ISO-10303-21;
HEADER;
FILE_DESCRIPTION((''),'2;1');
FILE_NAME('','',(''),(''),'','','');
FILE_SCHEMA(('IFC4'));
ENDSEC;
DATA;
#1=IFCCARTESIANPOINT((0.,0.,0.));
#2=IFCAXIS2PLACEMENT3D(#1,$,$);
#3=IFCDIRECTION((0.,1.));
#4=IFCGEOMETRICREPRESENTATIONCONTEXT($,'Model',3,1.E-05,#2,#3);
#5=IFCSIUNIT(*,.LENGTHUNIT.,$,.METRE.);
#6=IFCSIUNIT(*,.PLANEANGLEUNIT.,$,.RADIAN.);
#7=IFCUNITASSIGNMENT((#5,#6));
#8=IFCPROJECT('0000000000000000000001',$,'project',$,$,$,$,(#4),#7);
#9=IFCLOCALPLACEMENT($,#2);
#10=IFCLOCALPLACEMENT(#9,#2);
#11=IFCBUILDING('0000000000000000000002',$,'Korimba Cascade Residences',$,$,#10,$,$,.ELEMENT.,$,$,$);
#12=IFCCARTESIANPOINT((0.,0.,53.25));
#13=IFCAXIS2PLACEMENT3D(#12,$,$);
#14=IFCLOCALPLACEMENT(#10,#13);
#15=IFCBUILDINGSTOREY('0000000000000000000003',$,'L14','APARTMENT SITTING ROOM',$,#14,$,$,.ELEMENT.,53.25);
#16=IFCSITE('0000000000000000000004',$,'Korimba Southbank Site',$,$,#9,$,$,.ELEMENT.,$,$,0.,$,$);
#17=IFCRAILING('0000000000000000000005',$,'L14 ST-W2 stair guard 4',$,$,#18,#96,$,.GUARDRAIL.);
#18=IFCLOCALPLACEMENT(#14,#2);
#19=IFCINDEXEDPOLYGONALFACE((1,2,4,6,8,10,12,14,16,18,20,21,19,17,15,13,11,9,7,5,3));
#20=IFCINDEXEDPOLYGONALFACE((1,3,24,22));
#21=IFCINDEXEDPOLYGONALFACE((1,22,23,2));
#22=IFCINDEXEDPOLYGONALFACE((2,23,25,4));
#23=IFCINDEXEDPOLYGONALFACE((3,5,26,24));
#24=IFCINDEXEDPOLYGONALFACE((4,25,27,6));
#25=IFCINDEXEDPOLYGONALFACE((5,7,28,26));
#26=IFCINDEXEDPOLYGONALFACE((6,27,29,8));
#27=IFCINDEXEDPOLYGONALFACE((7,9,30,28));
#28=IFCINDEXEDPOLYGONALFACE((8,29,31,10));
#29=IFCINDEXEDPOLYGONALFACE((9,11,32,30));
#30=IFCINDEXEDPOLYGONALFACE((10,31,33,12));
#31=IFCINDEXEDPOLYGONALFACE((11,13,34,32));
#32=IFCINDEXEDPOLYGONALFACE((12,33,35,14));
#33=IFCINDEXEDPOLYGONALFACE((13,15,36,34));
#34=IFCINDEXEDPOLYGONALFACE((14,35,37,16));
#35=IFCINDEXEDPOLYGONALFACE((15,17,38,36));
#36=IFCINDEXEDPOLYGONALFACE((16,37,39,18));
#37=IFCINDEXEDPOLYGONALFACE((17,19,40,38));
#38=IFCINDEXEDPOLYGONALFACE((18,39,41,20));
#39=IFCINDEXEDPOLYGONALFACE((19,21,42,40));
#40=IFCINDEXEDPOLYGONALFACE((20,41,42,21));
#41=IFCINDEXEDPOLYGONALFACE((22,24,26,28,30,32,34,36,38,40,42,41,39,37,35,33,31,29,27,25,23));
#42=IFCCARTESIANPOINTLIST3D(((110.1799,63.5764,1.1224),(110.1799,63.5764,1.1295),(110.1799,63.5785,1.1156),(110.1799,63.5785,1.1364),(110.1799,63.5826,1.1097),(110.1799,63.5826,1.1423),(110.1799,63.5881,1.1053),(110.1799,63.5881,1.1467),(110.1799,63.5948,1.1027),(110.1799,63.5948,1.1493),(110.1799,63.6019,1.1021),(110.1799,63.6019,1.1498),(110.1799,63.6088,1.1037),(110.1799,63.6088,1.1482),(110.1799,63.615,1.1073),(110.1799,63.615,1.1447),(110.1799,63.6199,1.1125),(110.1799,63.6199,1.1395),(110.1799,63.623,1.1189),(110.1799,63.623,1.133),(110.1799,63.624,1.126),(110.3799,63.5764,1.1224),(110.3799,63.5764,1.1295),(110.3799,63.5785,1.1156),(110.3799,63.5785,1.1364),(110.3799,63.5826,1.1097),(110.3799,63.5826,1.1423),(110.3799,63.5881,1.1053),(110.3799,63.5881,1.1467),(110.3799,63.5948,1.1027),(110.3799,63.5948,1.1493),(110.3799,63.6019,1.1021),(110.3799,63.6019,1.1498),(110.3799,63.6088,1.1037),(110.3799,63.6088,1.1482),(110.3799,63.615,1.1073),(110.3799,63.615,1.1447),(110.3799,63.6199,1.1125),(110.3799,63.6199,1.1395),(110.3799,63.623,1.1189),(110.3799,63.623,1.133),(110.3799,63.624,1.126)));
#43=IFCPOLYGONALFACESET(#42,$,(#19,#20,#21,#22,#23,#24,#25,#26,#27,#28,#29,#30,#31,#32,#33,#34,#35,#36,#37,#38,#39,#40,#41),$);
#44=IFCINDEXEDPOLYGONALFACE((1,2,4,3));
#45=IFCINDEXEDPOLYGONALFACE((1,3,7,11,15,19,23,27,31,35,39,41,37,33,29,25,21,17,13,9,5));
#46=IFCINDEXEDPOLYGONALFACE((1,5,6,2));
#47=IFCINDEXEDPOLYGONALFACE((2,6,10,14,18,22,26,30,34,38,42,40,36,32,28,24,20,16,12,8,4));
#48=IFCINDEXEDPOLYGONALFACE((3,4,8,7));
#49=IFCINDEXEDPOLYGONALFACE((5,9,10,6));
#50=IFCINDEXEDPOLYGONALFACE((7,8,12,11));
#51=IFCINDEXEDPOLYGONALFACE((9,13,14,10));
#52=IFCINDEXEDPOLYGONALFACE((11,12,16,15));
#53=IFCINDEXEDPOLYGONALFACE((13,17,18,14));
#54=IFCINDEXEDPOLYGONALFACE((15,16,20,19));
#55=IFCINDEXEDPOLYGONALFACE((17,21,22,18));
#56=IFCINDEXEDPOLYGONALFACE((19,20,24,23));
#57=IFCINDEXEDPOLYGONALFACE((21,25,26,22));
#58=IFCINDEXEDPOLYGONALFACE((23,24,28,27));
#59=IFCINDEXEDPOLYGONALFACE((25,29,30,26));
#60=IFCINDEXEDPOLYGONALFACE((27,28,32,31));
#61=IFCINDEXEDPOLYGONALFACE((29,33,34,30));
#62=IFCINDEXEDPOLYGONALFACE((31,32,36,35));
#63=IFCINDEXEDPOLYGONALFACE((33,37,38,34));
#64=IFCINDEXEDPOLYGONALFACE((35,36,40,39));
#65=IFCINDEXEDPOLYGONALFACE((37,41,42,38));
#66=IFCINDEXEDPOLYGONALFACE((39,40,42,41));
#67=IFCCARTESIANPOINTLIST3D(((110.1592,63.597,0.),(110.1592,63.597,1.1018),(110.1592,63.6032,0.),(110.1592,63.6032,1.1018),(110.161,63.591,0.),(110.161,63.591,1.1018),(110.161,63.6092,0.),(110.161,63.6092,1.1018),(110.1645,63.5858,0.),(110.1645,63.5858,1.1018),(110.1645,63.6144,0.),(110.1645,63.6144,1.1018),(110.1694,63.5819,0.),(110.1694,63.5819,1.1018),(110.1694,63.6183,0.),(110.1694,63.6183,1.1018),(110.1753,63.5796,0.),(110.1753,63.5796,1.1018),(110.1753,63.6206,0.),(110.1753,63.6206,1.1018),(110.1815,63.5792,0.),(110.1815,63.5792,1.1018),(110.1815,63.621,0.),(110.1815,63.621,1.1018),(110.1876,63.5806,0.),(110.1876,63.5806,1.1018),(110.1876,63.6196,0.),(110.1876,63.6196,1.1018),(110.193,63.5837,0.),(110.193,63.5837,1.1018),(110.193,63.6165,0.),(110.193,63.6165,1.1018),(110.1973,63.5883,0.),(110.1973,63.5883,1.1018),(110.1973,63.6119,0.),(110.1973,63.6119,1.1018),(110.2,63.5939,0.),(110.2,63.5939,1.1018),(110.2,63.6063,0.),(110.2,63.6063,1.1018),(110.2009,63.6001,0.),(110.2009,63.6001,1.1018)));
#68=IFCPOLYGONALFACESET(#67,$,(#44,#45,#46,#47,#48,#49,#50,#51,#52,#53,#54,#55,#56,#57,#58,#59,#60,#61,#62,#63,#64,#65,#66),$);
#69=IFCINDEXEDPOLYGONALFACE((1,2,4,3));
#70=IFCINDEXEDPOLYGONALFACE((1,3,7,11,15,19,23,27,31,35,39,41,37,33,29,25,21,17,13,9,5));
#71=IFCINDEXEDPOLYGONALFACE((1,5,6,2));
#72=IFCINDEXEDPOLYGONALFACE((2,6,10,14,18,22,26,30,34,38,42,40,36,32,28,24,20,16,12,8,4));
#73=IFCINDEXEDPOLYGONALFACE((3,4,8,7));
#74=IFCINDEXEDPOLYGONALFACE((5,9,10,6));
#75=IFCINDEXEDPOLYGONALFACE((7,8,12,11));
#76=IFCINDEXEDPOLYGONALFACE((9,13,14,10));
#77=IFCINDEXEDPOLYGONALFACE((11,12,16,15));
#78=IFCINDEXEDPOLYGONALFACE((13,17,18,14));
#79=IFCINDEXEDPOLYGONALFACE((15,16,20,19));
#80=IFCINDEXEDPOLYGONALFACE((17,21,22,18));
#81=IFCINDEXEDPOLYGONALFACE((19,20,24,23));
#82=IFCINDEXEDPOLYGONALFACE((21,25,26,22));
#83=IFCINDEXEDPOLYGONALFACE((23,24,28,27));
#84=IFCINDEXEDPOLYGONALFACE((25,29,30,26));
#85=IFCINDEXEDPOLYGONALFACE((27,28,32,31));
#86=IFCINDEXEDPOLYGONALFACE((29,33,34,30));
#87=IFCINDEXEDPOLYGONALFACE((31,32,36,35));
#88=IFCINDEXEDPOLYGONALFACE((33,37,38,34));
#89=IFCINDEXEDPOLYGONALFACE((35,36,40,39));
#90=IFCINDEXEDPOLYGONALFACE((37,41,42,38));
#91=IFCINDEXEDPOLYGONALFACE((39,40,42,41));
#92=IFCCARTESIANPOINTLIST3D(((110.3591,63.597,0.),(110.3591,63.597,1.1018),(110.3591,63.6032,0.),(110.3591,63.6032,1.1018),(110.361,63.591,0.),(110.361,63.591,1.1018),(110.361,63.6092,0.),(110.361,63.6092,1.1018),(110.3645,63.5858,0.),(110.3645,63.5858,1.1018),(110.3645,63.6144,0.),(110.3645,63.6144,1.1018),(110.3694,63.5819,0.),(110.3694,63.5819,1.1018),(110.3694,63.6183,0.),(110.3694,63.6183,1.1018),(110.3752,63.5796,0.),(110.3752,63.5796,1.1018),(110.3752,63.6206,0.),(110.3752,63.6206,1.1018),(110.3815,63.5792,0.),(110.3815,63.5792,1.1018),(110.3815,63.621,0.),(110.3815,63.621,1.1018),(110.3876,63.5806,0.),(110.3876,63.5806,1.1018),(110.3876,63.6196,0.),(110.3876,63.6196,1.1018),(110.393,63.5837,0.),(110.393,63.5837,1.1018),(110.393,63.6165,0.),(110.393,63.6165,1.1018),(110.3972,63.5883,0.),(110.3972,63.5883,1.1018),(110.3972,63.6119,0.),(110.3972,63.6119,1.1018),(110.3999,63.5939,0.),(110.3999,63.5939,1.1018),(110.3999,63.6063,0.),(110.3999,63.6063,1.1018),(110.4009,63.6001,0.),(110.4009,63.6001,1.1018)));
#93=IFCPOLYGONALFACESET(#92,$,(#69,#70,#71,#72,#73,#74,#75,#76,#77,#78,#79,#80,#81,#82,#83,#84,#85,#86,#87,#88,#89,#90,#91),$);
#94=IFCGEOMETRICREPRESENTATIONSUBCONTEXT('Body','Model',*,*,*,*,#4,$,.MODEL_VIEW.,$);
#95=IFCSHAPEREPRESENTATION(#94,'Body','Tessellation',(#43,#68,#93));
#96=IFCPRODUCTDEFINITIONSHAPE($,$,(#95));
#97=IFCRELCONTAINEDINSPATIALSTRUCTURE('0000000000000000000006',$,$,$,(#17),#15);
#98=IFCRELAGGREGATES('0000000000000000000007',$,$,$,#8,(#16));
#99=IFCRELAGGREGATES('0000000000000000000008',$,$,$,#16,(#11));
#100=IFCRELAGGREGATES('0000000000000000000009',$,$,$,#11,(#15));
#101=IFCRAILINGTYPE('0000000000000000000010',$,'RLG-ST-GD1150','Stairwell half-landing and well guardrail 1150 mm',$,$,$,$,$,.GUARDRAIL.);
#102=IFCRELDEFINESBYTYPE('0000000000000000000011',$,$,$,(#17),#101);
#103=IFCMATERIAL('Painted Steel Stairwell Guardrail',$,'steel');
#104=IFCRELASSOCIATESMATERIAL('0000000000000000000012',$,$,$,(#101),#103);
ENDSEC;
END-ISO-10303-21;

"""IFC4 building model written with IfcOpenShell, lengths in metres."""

from ifc_helpers import new_model, si_unit, direction, frame, origin, origin_2d, place, context, subcontext, project, spatial, circle, extrude, material, type_object, element, save


model = new_model("IFC4")

# Units and contexts
model_context = context("Model", 3, precision=1e-05, world=origin(), true_north=direction((0.0, 1.0)))
body_context = subcontext(model_context, "Body", "Model", "MODEL_VIEW")
ifc_project = project(units=[si_unit("LENGTHUNIT", "METRE"), si_unit("PLANEANGLEUNIT", "RADIAN")], contexts=[model_context])

# Site, building, storey
site_placement = place(None, origin())
site = spatial("IfcSite", under=ifc_project, at=site_placement, Name="Korimba Southbank Site", CompositionType="ELEMENT", RefElevation=0.0)
building_placement = place(site_placement, origin())
building = spatial("IfcBuilding", under=site, at=building_placement, Name="Korimba Cascade Residences", CompositionType="ELEMENT")
storey_placement = place(building_placement, frame((0.0, 0.0, 53.25)))
storey = spatial("IfcBuildingStorey", under=building, at=storey_placement, Name="L14", Description="APARTMENT SITTING ROOM", CompositionType="ELEMENT", Elevation=53.25)

# Railing
ifc_material_1 = material(Name="Painted Steel Stairwell Guardrail", Category="steel")
railing_type_1 = type_object("IfcRailingType", Name="RLG-ST-GD1150", Description="Stairwell half-landing and well guardrail 1150 mm", PredefinedType="GUARDRAIL", material=ifc_material_1)
railing_1_placement = place(storey_placement, frame((110.1799, 63.6001, 0.0)))
element("IfcRailing", 1, at=railing_1_placement, inside=storey, type_object=railing_type_1, Name="L14 ST-W2 stair guard 4", PredefinedType="GUARDRAIL", context=body_context, shape_type="SweptSolid", body=[
    extrude(circle(Radius=0.0239, at=origin_2d()), frame((0.0, 0.0, 1.126), z_axis=(1.0, 0.0, 0.0), x_axis=(0.0, 1.0, 0.0)), (0.0, 0.0, 1.0), 0.2),
    extrude(circle(Radius=0.021, at=origin_2d()), origin(), (0.0, 0.0, 1.0), 1.1018),
    extrude(circle(Radius=0.021, at=origin_2d()), frame((0.2, 0.0, 0.0)), (0.0, 0.0, 1.0), 1.1018),
])

save(model, "model.ifc")
